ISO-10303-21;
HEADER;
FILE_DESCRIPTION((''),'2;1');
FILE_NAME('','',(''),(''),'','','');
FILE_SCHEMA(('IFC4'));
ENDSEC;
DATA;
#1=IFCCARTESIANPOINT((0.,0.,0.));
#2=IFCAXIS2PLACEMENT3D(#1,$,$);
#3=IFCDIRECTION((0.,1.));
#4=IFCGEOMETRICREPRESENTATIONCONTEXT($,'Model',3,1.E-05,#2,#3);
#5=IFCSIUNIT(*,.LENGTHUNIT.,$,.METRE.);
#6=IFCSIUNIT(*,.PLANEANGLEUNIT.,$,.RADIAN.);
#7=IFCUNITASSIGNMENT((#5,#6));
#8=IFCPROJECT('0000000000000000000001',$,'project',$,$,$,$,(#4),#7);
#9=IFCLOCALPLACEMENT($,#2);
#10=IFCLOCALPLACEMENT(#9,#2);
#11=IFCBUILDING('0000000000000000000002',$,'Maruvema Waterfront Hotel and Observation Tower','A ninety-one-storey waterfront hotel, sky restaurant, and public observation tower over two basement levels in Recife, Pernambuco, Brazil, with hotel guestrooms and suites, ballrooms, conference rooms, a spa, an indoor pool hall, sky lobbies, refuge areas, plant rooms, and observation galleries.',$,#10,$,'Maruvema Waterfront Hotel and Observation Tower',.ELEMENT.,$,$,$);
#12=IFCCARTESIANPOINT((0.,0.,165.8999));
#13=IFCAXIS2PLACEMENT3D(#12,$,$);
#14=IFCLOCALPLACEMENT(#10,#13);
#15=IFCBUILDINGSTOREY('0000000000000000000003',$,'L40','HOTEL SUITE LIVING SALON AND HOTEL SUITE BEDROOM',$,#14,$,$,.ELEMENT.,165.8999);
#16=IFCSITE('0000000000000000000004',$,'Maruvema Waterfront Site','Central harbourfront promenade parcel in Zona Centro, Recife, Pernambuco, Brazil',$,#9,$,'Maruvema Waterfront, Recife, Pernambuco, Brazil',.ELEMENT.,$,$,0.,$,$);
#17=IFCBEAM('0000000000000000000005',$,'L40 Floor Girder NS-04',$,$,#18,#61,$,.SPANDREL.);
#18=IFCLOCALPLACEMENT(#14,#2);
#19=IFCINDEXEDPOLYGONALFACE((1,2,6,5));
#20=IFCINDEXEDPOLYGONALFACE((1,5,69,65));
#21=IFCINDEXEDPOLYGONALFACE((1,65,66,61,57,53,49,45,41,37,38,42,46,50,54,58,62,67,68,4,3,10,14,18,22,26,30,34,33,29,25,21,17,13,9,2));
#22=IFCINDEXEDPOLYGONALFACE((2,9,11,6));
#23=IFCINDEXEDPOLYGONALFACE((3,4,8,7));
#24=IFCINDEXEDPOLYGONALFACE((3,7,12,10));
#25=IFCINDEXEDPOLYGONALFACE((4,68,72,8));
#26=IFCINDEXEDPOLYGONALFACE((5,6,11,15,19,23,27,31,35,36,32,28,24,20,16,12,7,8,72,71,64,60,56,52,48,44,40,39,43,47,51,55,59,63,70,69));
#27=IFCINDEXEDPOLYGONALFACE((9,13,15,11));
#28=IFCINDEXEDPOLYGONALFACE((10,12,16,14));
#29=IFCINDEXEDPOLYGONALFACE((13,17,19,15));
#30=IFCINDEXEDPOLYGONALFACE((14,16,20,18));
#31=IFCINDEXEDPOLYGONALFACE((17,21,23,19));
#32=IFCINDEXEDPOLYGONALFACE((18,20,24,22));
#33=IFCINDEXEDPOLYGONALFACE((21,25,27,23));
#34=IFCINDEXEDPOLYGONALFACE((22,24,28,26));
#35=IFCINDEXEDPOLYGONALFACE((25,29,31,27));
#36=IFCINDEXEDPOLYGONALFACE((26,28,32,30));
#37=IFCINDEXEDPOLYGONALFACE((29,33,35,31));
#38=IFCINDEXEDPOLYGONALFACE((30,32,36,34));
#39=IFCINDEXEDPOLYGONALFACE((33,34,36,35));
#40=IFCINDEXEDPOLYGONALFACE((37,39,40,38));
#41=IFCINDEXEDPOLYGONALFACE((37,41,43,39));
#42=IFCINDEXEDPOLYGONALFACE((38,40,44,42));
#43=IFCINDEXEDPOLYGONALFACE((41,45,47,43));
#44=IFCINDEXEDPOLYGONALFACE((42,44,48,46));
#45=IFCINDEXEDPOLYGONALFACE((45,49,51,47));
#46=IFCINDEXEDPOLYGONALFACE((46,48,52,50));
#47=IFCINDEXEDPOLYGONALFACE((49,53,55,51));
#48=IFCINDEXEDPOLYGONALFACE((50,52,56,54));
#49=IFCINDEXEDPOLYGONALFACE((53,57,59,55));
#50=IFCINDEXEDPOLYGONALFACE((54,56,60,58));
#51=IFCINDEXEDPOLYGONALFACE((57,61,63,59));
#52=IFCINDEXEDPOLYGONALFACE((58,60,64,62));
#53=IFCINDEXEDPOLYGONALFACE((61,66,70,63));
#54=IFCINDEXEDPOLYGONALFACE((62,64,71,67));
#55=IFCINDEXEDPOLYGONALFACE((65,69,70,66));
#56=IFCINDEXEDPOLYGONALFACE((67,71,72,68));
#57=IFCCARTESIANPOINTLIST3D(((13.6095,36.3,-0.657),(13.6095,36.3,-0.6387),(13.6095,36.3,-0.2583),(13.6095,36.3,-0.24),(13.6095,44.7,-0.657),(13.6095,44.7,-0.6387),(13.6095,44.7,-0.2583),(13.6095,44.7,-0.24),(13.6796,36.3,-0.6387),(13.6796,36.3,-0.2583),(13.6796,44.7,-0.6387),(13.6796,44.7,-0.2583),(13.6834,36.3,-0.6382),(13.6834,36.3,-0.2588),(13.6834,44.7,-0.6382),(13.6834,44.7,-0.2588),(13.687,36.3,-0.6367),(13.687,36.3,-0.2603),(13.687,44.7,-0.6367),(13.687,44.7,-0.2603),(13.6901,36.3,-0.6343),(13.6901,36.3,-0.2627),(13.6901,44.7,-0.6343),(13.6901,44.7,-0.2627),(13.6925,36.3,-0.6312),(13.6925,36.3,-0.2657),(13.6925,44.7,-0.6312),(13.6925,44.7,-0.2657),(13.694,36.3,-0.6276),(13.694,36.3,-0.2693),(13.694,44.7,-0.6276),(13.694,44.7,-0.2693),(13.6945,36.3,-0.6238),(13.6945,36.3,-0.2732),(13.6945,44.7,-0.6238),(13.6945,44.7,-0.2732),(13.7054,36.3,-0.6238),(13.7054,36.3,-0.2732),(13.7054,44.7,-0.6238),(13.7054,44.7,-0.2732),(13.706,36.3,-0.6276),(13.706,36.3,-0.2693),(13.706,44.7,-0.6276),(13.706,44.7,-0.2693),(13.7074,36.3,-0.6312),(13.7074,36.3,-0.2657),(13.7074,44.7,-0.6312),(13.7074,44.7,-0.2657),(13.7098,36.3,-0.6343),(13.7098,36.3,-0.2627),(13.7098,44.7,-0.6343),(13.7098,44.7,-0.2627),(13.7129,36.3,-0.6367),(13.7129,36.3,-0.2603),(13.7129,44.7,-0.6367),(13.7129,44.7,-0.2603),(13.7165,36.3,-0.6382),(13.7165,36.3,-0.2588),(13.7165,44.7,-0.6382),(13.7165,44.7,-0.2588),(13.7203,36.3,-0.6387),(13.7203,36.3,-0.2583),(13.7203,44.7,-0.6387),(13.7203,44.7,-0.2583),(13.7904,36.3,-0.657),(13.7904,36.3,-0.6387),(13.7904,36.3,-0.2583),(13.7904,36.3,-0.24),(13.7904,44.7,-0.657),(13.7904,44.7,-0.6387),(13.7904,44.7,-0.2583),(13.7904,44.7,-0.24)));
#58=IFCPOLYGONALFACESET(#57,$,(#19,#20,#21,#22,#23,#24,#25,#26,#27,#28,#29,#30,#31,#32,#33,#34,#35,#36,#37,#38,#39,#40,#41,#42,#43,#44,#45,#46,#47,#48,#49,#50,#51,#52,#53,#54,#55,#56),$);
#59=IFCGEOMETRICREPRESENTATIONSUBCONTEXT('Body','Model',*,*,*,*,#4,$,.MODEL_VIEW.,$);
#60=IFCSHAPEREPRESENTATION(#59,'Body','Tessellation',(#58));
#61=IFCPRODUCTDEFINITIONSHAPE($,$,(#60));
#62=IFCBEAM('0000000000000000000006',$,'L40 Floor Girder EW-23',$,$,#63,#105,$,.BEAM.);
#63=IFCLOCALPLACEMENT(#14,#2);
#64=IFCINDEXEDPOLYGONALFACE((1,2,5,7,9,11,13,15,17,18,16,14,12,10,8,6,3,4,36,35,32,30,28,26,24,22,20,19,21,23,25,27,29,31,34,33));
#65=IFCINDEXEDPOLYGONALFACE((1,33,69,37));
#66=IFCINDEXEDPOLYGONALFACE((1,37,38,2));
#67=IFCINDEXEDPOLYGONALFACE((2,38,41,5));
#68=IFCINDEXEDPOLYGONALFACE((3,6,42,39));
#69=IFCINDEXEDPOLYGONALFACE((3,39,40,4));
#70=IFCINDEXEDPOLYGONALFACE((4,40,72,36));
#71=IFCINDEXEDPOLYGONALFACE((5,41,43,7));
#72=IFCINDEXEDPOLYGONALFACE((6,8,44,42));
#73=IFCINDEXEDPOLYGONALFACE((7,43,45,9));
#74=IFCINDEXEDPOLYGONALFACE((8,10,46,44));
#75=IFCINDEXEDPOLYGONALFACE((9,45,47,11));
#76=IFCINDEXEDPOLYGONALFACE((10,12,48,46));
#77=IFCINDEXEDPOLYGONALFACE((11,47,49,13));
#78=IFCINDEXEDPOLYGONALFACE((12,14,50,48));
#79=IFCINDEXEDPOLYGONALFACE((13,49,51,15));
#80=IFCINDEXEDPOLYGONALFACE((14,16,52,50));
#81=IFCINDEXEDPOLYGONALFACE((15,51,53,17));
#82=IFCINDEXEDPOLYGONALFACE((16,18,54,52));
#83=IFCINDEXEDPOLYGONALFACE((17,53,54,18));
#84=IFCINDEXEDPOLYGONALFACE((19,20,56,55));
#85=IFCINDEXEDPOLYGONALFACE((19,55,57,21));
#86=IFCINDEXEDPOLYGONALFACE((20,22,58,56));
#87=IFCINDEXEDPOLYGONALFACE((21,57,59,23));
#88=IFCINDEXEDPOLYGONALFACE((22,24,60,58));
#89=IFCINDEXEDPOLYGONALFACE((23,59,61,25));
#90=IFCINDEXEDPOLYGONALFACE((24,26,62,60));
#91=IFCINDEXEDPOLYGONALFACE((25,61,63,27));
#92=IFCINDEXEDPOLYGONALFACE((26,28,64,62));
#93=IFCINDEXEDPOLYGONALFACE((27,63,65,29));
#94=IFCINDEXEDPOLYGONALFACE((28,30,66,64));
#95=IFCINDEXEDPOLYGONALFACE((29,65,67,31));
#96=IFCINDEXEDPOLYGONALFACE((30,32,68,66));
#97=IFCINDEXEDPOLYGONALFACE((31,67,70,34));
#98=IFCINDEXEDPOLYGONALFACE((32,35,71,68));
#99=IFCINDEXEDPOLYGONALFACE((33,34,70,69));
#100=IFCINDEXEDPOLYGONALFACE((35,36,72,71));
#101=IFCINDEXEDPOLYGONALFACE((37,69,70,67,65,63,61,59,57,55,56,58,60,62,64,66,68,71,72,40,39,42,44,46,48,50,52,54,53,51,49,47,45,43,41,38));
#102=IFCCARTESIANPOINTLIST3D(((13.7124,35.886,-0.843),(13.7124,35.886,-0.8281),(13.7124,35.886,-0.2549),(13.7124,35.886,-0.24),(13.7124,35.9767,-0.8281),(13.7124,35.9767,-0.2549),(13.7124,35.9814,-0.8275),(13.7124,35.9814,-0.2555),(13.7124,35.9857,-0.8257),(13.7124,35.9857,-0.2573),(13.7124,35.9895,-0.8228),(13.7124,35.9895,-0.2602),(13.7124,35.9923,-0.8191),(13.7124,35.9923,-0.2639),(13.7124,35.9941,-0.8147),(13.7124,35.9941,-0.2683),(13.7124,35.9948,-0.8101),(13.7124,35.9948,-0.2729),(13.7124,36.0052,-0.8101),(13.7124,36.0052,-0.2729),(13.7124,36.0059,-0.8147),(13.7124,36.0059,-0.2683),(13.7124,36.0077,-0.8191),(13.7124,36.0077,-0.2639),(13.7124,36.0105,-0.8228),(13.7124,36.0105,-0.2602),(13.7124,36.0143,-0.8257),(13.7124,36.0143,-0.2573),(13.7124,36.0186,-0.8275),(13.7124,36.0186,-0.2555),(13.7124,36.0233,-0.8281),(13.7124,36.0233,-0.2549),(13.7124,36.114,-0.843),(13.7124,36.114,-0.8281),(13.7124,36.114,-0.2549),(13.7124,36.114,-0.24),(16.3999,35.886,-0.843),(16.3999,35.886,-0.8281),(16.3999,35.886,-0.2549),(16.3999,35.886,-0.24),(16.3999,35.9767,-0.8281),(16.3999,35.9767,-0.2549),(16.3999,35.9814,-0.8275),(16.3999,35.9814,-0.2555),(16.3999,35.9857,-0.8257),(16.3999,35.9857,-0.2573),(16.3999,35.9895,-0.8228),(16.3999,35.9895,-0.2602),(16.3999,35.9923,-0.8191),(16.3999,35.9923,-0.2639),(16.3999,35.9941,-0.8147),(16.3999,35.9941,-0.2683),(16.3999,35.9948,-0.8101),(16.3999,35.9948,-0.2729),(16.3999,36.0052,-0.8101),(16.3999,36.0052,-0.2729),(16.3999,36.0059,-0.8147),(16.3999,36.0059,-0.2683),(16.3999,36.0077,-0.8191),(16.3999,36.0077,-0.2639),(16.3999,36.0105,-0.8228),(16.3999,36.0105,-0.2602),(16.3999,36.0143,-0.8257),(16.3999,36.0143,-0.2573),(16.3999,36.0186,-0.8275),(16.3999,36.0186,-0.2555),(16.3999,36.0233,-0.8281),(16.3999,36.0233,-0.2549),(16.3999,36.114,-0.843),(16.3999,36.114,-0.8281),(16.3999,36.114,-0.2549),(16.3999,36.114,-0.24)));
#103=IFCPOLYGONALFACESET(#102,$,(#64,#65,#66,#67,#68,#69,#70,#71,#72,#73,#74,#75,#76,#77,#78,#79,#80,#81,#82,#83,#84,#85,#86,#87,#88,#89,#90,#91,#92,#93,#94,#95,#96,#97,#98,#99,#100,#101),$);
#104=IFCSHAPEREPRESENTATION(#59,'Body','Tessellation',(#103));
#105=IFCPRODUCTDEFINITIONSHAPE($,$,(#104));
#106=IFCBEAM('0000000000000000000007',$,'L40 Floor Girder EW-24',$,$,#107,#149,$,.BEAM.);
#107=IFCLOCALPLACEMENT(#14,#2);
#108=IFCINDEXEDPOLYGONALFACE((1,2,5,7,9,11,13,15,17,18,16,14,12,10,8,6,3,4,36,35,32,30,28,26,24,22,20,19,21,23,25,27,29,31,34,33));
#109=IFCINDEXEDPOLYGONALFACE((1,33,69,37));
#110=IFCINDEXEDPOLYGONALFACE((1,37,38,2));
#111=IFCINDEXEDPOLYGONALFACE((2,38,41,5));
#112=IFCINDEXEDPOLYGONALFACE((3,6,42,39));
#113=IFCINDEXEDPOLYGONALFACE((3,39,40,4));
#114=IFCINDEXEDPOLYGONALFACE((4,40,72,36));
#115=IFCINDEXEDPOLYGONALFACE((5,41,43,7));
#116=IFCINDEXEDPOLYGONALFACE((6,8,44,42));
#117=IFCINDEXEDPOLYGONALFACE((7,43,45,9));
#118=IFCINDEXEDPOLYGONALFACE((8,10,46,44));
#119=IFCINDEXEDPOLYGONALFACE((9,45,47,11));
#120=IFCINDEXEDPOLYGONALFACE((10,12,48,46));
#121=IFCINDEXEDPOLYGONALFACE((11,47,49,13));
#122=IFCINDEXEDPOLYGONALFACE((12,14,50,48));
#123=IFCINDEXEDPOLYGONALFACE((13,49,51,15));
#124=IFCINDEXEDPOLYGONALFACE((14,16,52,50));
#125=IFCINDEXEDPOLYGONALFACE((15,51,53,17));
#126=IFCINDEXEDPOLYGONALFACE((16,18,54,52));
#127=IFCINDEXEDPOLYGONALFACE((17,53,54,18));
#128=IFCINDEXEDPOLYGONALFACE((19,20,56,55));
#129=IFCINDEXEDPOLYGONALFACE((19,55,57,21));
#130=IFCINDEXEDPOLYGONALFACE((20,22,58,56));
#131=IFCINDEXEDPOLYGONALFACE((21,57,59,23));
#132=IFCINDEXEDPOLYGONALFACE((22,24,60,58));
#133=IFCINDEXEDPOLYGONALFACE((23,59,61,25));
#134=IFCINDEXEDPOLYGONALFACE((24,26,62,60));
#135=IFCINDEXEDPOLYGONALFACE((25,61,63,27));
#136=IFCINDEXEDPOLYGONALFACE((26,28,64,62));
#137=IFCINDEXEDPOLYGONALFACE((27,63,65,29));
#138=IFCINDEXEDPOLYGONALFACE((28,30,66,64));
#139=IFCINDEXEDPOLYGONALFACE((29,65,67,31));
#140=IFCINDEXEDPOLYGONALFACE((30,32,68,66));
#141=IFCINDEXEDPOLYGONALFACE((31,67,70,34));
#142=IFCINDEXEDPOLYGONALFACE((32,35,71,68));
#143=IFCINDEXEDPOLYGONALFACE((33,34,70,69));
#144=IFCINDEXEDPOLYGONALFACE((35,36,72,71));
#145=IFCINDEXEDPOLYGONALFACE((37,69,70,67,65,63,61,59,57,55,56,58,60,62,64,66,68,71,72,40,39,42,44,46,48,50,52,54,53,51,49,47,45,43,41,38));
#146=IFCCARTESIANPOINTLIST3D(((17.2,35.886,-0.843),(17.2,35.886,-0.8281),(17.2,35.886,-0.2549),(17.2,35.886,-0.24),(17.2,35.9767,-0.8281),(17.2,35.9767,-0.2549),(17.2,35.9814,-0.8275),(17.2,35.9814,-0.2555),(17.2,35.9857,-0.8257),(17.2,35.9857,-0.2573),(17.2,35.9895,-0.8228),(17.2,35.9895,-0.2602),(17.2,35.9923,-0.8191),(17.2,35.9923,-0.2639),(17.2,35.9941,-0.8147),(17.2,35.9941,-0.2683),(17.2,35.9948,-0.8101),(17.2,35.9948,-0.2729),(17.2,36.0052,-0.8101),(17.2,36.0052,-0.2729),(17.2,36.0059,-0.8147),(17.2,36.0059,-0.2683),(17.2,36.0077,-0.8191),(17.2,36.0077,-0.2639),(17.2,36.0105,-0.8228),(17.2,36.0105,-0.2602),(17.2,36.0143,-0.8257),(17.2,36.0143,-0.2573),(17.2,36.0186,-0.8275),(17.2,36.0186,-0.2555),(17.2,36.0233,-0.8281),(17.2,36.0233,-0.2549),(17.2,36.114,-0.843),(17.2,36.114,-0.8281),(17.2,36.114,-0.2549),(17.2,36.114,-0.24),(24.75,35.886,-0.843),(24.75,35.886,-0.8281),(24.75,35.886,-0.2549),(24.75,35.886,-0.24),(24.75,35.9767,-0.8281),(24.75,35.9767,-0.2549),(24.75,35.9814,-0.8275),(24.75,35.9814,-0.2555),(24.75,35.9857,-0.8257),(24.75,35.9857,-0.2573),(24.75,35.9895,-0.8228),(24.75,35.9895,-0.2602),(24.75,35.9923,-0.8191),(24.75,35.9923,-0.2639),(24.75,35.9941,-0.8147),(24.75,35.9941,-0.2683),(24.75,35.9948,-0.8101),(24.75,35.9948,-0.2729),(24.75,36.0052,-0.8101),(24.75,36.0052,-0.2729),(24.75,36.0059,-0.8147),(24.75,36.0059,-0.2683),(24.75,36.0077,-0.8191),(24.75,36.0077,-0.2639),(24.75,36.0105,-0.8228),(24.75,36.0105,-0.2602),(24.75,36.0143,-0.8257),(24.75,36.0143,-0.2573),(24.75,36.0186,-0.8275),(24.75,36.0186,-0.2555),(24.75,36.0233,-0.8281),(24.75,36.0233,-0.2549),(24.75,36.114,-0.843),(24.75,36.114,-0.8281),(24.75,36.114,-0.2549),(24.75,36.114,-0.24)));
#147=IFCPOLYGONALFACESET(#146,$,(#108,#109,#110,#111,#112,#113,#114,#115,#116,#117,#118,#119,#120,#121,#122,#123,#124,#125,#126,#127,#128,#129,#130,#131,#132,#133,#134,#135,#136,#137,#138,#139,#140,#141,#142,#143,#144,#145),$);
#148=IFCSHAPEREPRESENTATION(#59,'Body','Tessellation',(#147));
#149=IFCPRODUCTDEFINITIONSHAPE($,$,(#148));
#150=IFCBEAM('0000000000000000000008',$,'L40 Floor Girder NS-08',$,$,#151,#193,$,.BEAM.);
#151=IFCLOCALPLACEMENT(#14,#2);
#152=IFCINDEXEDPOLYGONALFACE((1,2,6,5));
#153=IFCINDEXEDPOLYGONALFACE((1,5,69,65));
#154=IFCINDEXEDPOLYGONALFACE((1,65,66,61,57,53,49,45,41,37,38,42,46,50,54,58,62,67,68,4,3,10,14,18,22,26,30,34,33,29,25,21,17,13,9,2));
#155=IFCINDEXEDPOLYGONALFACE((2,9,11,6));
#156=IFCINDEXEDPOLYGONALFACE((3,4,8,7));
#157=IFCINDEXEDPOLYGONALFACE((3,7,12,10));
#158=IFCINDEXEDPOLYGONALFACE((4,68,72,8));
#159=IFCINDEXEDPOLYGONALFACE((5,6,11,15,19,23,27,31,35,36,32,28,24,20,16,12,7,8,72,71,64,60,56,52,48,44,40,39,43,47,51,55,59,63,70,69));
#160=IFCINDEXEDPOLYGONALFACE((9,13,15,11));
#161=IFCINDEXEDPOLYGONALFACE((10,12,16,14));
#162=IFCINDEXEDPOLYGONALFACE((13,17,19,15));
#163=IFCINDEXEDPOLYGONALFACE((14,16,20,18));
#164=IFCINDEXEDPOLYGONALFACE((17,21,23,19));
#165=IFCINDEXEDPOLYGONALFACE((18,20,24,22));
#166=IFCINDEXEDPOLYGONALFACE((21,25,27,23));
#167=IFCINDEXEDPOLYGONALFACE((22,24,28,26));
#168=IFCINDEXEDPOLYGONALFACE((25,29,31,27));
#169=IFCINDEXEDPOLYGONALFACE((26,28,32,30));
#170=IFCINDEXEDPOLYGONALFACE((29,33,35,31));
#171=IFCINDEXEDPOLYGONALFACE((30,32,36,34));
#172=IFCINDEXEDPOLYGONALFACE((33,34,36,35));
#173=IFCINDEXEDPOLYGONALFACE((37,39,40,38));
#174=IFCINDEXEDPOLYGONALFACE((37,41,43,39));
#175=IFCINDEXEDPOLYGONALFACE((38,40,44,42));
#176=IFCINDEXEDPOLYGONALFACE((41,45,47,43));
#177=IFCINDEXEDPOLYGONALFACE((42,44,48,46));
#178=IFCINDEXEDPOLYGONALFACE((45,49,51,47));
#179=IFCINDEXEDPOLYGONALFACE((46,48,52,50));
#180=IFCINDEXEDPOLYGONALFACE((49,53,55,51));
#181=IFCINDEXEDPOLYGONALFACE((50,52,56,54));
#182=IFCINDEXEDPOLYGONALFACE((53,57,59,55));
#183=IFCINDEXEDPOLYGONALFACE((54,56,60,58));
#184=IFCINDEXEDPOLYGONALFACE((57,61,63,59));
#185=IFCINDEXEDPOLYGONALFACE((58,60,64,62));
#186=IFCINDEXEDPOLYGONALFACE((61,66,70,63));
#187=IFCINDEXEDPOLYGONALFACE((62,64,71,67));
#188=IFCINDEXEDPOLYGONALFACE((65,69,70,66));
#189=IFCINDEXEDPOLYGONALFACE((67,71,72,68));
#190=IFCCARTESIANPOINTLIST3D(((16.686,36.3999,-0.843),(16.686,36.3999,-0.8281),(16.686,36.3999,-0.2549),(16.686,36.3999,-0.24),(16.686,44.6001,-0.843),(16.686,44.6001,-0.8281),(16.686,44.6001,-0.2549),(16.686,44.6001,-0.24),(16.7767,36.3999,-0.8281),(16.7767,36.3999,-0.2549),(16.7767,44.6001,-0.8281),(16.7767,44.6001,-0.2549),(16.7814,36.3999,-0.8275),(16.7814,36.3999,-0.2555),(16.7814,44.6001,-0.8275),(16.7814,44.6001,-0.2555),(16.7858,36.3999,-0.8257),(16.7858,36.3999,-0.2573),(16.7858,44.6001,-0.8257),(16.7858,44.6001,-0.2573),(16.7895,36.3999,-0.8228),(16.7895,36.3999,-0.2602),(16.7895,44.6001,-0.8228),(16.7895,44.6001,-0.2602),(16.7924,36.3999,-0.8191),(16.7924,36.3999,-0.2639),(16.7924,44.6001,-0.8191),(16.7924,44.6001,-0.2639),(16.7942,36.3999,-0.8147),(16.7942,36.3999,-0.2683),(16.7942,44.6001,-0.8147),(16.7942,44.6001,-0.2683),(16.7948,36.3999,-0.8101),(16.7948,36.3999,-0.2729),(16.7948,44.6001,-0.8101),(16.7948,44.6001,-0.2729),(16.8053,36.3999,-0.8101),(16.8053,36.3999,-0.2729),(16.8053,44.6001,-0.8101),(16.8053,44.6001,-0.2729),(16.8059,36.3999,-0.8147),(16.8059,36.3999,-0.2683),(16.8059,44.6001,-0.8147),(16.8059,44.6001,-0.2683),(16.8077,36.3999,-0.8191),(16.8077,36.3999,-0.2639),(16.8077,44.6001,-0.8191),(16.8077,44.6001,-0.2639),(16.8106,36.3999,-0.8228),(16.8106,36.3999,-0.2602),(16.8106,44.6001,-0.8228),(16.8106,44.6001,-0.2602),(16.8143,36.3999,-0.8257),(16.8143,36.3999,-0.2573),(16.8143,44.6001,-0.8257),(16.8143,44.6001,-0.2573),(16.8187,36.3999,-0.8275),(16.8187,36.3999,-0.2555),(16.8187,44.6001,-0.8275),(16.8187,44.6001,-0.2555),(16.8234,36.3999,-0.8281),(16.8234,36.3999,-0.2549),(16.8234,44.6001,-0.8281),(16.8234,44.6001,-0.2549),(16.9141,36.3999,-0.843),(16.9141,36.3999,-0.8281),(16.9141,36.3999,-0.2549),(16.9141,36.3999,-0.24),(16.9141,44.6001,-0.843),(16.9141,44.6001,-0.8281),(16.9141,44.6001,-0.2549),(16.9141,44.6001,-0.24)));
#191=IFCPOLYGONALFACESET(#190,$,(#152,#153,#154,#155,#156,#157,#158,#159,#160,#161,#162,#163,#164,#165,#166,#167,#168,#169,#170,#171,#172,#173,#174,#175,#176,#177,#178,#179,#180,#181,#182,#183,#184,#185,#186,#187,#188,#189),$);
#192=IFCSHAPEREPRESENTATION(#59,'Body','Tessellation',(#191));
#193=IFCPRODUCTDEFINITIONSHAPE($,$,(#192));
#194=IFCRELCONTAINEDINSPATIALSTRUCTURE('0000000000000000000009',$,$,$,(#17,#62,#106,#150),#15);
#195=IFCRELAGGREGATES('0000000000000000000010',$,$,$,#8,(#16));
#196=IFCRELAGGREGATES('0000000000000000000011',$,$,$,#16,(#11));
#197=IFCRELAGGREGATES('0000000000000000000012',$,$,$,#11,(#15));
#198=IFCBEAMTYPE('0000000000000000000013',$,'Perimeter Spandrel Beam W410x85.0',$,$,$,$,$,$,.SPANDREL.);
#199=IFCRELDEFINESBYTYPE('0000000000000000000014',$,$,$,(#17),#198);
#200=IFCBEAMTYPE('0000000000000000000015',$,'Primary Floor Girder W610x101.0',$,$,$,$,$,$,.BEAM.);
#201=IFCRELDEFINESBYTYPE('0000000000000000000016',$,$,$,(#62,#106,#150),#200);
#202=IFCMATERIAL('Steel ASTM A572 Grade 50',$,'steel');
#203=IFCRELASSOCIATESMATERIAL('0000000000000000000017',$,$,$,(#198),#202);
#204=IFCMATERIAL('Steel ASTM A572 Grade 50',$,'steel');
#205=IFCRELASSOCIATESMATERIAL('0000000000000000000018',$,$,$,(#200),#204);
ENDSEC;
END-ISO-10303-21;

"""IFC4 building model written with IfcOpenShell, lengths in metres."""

from ifc_helpers import new_model, si_unit, direction, frame, origin, origin_2d, place, context, subcontext, project, spatial, i_section, extrude, material, material_profile, profile_set, type_object, element, save


model = new_model("IFC4")

# Units and contexts
model_context = context("Model", 3, precision=1e-05, world=origin(), true_north=direction((0.0, 1.0)))
body_context = subcontext(model_context, "Body", "Model", "MODEL_VIEW")
ifc_project = project(units=[si_unit("LENGTHUNIT", "METRE"), si_unit("PLANEANGLEUNIT", "RADIAN")], contexts=[model_context])

# Site, building, storey
site_placement = place(None, origin())
site = spatial("IfcSite", under=ifc_project, at=site_placement, Name="Maruvema Waterfront Site", Description="Central harbourfront promenade parcel in Zona Centro, Recife, Pernambuco, Brazil", LongName="Maruvema Waterfront, Recife, Pernambuco, Brazil", CompositionType="ELEMENT", RefElevation=0.0)
building_placement = place(site_placement, origin())
building = spatial("IfcBuilding", under=site, at=building_placement, Name="Maruvema Waterfront Hotel and Observation Tower", Description="A ninety-one-storey waterfront hotel, sky restaurant, and public observation tower over two basement levels in Recife, Pernambuco, Brazil, with hotel guestrooms and suites, ballrooms, conference rooms, a spa, an indoor pool hall, sky lobbies, refuge areas, plant rooms, and observation galleries.", LongName="Maruvema Waterfront Hotel and Observation Tower", CompositionType="ELEMENT")
storey_placement = place(building_placement, frame((0.0, 0.0, 165.8999)))
storey = spatial("IfcBuildingStorey", under=building, at=storey_placement, Name="L40", Description="HOTEL SUITE LIVING SALON AND HOTEL SUITE BEDROOM", CompositionType="ELEMENT", Elevation=165.8999)

# Beams
ifc_material_1 = material(Name="Steel ASTM A572 Grade 50", Category="steel")
ifc_material_profile_1 = material_profile(ifc_material_1, i_section(OverallWidth=0.1809, OverallDepth=0.417, WebThickness=0.011, FlangeThickness=0.0183, FilletRadius=0.0149, at=origin_2d()), Name="W410x85.0")
ifc_profile_set_1 = profile_set([ifc_material_profile_1], Name="Steel ASTM A572 Grade 50")
beam_type_1 = type_object("IfcBeamType", Name="Perimeter Spandrel Beam W410x85.0", PredefinedType="SPANDREL", material=ifc_profile_set_1)
beam_1_placement = place(storey_placement, frame((13.7, 36.3, -0.4485), z_axis=(0.0, 1.0, 0.0), x_axis=(-1.0, 0.0, 0.0)))
element("IfcBeam", 1, at=beam_1_placement, inside=storey, type_object=beam_type_1, Name="L40 Floor Girder NS-04", PredefinedType="SPANDREL", context=body_context, shape_type="SweptSolid", body=[
    extrude(i_section(OverallWidth=0.1809, OverallDepth=0.417, WebThickness=0.011, FlangeThickness=0.0183, FilletRadius=0.0149, at=origin_2d()), origin(), (0.0, 0.0, 1.0), 8.3999),
])
ifc_material_2 = material(Name="Steel ASTM A572 Grade 50", Category="steel")
ifc_material_profile_2 = material_profile(ifc_material_2, i_section(OverallWidth=0.228, OverallDepth=0.603, WebThickness=0.0105, FlangeThickness=0.0149, FilletRadius=0.0181, at=origin_2d()), Name="W610x101.0")
ifc_profile_set_2 = profile_set([ifc_material_profile_2], Name="Steel ASTM A572 Grade 50")
beam_type_2 = type_object("IfcBeamType", Name="Primary Floor Girder W610x101.0", PredefinedType="BEAM", material=ifc_profile_set_2)
beam_2_placement = place(storey_placement, frame((13.7124, 36.0, -0.5415), z_axis=(1.0, 0.0, 0.0), x_axis=(0.0, 1.0, 0.0)))
element("IfcBeam", 2, at=beam_2_placement, inside=storey, type_object=beam_type_2, Name="L40 Floor Girder EW-23", PredefinedType="BEAM", context=body_context, shape_type="SweptSolid", body=[
    extrude(i_section(OverallWidth=0.228, OverallDepth=0.603, WebThickness=0.0105, FlangeThickness=0.0149, FilletRadius=0.0181, at=origin_2d()), origin(), (0.0, 0.0, 1.0), 2.6875),
])
beam_3_placement = place(storey_placement, frame((17.2, 36.0, -0.5415), z_axis=(1.0, 0.0, 0.0), x_axis=(0.0, 1.0, 0.0)))
element("IfcBeam", 3, at=beam_3_placement, inside=storey, type_object=beam_type_2, Name="L40 Floor Girder EW-24", PredefinedType="BEAM", context=body_context, shape_type="SweptSolid", body=[
    extrude(i_section(OverallWidth=0.228, OverallDepth=0.603, WebThickness=0.0105, FlangeThickness=0.0149, FilletRadius=0.0181, at=origin_2d()), origin(), (0.0, 0.0, 1.0), 7.55),
])
beam_4_placement = place(storey_placement, frame((16.8, 36.3999, -0.5415), z_axis=(0.0, 1.0, 0.0), x_axis=(-1.0, 0.0, 0.0)))
element("IfcBeam", 4, at=beam_4_placement, inside=storey, type_object=beam_type_2, Name="L40 Floor Girder NS-08", PredefinedType="BEAM", context=body_context, shape_type="SweptSolid", body=[
    extrude(i_section(OverallWidth=0.228, OverallDepth=0.603, WebThickness=0.0105, FlangeThickness=0.0149, FilletRadius=0.0181, at=origin_2d()), origin(), (0.0, 0.0, 1.0), 8.2002),
])

save(model, "model.ifc")
